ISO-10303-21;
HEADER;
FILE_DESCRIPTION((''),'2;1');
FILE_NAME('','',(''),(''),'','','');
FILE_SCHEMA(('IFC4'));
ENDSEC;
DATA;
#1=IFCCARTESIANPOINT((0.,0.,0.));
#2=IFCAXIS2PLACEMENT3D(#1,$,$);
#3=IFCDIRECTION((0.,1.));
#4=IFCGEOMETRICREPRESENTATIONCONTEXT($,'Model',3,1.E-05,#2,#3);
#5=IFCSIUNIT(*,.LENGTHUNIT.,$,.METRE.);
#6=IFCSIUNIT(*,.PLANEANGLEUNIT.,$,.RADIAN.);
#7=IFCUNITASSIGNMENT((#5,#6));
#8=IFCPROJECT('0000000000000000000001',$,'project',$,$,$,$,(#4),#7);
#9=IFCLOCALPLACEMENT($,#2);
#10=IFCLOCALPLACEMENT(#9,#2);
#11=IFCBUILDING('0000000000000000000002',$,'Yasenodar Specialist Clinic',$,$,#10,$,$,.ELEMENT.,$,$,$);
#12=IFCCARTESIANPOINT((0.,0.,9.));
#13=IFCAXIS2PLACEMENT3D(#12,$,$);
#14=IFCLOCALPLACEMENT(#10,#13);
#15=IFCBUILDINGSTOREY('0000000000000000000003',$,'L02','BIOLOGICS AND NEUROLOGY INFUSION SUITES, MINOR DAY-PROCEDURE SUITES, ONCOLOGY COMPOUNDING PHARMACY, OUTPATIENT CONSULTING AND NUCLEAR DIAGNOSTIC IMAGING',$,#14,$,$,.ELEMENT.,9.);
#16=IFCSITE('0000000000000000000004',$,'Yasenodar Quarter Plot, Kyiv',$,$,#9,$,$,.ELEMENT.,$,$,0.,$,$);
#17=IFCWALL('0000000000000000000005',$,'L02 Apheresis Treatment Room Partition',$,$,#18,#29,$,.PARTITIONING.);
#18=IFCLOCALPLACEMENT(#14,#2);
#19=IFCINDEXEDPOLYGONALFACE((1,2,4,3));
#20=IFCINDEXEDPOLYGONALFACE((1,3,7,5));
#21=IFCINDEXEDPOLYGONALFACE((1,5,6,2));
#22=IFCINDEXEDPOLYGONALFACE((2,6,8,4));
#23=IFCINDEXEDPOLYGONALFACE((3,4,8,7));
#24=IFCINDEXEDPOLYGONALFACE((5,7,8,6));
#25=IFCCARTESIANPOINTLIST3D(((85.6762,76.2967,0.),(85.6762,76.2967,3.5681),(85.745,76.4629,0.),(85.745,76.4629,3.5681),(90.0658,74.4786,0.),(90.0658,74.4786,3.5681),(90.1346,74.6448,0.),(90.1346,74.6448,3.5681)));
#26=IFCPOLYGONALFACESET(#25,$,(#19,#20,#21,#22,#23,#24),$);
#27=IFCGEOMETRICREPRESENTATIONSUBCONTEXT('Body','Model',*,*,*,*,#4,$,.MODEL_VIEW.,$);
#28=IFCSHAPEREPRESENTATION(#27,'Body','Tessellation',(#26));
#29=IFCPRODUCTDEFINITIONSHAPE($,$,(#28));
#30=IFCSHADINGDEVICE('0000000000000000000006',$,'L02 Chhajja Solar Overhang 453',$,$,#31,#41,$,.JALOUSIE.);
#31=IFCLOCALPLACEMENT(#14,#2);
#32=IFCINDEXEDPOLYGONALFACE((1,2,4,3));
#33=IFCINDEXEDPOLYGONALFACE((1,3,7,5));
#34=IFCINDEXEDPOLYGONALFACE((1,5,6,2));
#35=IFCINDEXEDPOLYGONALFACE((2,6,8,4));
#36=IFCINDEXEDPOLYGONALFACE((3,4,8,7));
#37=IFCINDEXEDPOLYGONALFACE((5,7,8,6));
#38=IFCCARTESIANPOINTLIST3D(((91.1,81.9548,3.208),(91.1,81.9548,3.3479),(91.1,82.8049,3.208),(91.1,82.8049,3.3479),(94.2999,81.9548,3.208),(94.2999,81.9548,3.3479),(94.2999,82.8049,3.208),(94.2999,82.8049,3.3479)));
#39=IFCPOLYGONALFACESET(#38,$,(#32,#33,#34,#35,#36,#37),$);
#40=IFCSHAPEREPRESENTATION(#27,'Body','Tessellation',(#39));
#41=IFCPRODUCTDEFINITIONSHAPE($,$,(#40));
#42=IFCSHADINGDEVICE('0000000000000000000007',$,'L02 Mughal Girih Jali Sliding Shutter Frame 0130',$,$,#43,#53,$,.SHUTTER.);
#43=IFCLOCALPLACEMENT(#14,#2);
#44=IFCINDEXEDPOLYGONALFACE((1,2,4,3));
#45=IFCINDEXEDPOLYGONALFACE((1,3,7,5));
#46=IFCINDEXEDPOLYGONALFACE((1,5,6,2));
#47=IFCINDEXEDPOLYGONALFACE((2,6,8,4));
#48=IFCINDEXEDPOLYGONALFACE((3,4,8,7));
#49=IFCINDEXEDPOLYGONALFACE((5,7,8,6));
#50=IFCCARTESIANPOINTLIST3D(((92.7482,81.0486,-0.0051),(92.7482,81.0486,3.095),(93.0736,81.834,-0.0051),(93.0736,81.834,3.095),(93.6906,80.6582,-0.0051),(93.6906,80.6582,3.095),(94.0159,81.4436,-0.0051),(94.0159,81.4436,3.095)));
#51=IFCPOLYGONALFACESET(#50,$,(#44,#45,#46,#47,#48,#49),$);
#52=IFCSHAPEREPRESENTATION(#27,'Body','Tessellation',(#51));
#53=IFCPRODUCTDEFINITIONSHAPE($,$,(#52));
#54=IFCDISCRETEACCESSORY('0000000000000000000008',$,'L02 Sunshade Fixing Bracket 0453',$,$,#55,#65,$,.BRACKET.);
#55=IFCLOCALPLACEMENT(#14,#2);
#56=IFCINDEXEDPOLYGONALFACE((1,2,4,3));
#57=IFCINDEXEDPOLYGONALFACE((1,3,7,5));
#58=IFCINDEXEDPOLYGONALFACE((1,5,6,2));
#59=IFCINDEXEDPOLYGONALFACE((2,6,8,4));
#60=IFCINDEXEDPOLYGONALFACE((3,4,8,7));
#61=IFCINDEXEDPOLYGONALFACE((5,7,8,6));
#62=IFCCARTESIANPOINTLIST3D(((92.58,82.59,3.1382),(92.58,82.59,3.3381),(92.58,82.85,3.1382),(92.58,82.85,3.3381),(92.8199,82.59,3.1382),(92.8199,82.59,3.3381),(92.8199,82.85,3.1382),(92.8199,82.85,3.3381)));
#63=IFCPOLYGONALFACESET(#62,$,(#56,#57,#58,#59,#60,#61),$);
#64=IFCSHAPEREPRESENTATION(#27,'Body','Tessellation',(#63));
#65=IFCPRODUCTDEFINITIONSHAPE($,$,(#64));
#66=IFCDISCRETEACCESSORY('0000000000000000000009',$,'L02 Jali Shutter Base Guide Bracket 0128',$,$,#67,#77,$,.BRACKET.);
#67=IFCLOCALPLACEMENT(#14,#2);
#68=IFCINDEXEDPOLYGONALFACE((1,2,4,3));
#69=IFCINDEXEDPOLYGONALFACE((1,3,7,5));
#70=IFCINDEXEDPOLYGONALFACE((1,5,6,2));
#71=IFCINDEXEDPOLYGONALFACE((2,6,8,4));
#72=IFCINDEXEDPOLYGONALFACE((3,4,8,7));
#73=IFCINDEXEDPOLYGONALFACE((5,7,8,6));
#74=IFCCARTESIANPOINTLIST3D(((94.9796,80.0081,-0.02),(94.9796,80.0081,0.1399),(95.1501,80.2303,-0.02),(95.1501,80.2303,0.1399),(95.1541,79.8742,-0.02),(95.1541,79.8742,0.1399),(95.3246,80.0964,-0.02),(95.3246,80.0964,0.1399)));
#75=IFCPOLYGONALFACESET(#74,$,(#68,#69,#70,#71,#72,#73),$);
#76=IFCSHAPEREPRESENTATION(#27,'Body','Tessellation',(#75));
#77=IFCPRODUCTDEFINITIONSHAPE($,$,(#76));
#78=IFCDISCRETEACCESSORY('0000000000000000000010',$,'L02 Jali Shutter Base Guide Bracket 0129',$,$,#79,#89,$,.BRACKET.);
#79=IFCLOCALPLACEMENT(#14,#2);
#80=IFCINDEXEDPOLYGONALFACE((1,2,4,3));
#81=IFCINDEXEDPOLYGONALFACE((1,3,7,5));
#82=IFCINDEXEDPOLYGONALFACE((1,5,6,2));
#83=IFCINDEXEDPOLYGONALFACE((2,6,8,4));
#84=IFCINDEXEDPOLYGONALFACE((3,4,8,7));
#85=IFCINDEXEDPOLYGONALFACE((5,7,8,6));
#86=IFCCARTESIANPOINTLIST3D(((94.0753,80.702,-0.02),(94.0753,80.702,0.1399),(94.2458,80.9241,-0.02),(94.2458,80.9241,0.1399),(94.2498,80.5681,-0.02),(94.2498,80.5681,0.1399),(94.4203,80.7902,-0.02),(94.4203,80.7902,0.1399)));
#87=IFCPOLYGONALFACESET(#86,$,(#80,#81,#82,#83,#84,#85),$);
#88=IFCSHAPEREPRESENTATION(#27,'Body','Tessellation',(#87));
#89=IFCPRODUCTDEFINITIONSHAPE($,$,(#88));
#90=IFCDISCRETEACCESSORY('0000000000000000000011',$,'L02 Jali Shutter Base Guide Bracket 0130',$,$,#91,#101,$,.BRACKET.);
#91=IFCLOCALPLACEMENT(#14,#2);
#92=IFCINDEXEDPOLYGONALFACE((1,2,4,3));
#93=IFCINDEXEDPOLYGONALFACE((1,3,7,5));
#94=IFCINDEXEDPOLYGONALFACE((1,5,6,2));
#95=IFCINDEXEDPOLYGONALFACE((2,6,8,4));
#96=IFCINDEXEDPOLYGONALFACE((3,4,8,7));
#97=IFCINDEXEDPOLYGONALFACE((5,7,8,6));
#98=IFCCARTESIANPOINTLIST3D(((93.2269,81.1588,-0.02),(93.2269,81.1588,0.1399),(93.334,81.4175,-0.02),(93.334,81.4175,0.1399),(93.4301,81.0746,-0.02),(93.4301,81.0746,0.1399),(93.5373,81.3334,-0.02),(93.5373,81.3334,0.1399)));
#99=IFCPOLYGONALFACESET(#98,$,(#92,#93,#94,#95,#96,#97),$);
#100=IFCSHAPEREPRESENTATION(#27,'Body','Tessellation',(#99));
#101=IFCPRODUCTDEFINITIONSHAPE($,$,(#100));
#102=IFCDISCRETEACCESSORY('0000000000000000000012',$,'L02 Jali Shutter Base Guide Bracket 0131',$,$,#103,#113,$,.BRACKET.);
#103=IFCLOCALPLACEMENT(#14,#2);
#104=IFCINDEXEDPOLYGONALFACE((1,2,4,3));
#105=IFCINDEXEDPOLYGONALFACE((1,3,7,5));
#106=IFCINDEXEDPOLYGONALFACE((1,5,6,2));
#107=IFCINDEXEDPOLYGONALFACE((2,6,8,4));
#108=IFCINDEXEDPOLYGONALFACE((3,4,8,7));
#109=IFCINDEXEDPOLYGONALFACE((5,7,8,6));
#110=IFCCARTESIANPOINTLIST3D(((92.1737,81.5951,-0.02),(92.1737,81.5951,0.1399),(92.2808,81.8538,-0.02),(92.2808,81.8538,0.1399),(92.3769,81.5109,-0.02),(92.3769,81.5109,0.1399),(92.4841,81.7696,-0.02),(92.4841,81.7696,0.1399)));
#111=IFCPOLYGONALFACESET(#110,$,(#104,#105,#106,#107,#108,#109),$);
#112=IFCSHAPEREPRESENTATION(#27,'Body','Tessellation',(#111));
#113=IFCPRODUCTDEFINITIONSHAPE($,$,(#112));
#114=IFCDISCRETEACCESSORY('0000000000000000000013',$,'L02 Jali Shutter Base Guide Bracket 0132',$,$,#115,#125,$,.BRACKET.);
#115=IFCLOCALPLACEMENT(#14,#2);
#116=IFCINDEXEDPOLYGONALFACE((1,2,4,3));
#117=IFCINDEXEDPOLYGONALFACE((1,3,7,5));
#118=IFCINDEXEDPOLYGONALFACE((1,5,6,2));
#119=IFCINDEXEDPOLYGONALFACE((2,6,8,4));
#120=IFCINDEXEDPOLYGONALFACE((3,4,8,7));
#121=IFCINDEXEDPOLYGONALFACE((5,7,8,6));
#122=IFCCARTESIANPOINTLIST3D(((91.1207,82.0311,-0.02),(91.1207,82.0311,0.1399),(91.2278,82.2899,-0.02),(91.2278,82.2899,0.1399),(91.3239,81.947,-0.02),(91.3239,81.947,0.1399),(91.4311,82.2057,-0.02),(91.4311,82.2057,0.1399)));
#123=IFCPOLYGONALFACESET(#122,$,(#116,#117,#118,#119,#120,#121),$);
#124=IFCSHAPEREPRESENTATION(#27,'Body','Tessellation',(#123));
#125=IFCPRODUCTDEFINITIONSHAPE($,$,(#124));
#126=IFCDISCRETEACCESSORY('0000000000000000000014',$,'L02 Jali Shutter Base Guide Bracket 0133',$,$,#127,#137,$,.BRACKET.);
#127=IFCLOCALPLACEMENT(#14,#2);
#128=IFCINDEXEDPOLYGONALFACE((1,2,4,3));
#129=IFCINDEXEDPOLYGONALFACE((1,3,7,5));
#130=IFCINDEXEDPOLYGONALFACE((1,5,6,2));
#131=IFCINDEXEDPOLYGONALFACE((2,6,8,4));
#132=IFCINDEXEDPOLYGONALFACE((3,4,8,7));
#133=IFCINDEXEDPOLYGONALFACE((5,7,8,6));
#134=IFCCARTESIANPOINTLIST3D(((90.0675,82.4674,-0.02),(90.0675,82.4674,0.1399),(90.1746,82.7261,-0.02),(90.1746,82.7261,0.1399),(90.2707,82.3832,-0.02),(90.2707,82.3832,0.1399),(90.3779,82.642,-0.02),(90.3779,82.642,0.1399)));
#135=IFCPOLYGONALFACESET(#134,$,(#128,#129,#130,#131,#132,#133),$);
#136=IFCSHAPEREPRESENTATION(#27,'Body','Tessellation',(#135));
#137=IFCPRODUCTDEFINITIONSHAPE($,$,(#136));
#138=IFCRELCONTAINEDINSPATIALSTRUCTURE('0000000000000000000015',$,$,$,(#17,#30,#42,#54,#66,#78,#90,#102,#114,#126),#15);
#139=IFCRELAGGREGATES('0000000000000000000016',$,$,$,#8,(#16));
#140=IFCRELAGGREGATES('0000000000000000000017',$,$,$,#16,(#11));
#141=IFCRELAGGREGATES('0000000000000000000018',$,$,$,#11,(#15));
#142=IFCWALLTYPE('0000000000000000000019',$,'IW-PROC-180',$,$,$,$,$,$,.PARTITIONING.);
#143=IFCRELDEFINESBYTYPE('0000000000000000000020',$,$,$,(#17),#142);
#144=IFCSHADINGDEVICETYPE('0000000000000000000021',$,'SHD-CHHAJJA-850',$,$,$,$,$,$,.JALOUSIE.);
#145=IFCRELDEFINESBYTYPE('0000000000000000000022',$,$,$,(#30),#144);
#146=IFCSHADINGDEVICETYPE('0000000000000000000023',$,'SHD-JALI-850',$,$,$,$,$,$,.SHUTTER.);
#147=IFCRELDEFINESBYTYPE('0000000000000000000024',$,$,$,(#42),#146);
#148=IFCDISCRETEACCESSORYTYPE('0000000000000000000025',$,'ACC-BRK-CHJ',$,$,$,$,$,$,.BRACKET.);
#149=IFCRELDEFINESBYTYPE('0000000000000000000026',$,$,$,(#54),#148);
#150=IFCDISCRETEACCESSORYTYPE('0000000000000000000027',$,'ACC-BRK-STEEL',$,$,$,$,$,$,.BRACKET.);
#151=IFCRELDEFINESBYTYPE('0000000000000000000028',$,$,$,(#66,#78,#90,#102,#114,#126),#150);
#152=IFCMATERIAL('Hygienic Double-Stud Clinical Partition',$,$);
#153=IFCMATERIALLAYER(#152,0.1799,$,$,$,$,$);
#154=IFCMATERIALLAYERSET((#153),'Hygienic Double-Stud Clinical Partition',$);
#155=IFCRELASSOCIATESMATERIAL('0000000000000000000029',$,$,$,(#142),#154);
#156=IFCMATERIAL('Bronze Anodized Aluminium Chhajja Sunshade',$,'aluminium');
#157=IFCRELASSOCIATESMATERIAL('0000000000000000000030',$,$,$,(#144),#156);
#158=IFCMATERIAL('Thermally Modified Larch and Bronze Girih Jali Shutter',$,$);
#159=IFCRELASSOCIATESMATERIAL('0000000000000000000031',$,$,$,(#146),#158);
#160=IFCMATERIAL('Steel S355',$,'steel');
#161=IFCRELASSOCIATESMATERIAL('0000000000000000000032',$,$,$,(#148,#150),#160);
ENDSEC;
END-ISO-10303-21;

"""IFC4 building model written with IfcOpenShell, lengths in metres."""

from ifc_helpers import new_model, si_unit, direction, frame, frame_2d, origin, origin_2d, place, context, subcontext, project, spatial, rectangle, extrude, material, layer, layer_set, type_object, element, save


model = new_model("IFC4")

# Units and contexts
model_context = context("Model", 3, precision=1e-05, world=origin(), true_north=direction((0.0, 1.0)))
body_context = subcontext(model_context, "Body", "Model", "MODEL_VIEW")
ifc_project = project(units=[si_unit("LENGTHUNIT", "METRE"), si_unit("PLANEANGLEUNIT", "RADIAN")], contexts=[model_context])

# Site, building, storey
site_placement = place(None, origin())
site = spatial("IfcSite", under=ifc_project, at=site_placement, Name="Yasenodar Quarter Plot, Kyiv", CompositionType="ELEMENT", RefElevation=0.0)
building_placement = place(site_placement, origin())
building = spatial("IfcBuilding", under=site, at=building_placement, Name="Yasenodar Specialist Clinic", CompositionType="ELEMENT")
storey_placement = place(building_placement, frame((0.0, 0.0, 9.0)))
storey = spatial("IfcBuildingStorey", under=building, at=storey_placement, Name="L02", Description="BIOLOGICS AND NEUROLOGY INFUSION SUITES, MINOR DAY-PROCEDURE SUITES, ONCOLOGY COMPOUNDING PHARMACY, OUTPATIENT CONSULTING AND NUCLEAR DIAGNOSTIC IMAGING", CompositionType="ELEMENT", Elevation=9.0)

# Shared definitions
ifc_material_1 = material(Name="Steel S355", Category="steel")

# Wall
ifc_material_2 = material(Name="Hygienic Double-Stud Clinical Partition")
ifc_layer_1 = layer(ifc_material_2, 0.1799)
ifc_layer_set_1 = layer_set([ifc_layer_1], Name="Hygienic Double-Stud Clinical Partition")
wall_type = type_object("IfcWallType", Name="IW-PROC-180", PredefinedType="PARTITIONING", material=ifc_layer_set_1)
wall_placement = place(storey_placement, frame((90.1001, 74.5618, 0.0), z_axis=(0.0, 0.0, 1.0), x_axis=(-0.92389, 0.382659, 0.0)))
element("IfcWall", 1, at=wall_placement, inside=storey, type_object=wall_type, Name="L02 Apheresis Treatment Room Partition", PredefinedType="PARTITIONING", context=body_context, shape_type="SweptSolid", body=[
    extrude(rectangle(XDim=4.7512, YDim=0.1799, at=frame_2d((2.3755, 0.0))), origin(), (0.0, 0.0, 1.0), 3.5681),
])

# Shading devices
ifc_material_3 = material(Name="Bronze Anodized Aluminium Chhajja Sunshade", Category="aluminium")
shading_device_type_1 = type_object("IfcShadingDeviceType", Name="SHD-CHHAJJA-850", PredefinedType="JALOUSIE", material=ifc_material_3)
shading_device_1_placement = place(storey_placement, frame((92.7, 82.3799, 3.208), z_axis=(0.0, 0.0, 1.0), x_axis=(-1.0, 0.0, 0.0)))
element("IfcShadingDevice", 2, at=shading_device_1_placement, inside=storey, type_object=shading_device_type_1, Name="L02 Chhajja Solar Overhang 453", PredefinedType="JALOUSIE", context=body_context, shape_type="SweptSolid", body=[
    extrude(rectangle(XDim=3.2, YDim=0.8501, at=origin_2d()), origin(), (0.0, 0.0, 1.0), 0.1399),
])
ifc_material_4 = material(Name="Thermally Modified Larch and Bronze Girih Jali Shutter")
shading_device_type_2 = type_object("IfcShadingDeviceType", Name="SHD-JALI-850", PredefinedType="SHUTTER", material=ifc_material_4)
shading_device_2_placement = place(storey_placement, frame((93.3821, 81.2461, -0.0051), z_axis=(0.0, 0.0, 1.0), x_axis=(-0.923878, 0.382687, 0.0)))
element("IfcShadingDevice", 3, at=shading_device_2_placement, inside=storey, type_object=shading_device_type_2, Name="L02 Mughal Girih Jali Sliding Shutter Frame 0130", PredefinedType="SHUTTER", context=body_context, shape_type="SweptSolid", body=[
    extrude(rectangle(XDim=1.02, YDim=0.8501, at=origin_2d()), origin(), (0.0, 0.0, 1.0), 3.1001),
])

# Discrete accessories
discrete_accessory_type_1 = type_object("IfcDiscreteAccessoryType", Name="ACC-BRK-CHJ", PredefinedType="BRACKET", material=ifc_material_1)
discrete_accessory_placement = place(storey_placement, frame((92.7, 82.72, 3.1382), z_axis=(0.0, 0.0, 1.0), x_axis=(-1.0, 0.0, 0.0)))
element("IfcDiscreteAccessory", 4, at=discrete_accessory_placement, inside=storey, type_object=discrete_accessory_type_1, Name="L02 Sunshade Fixing Bracket 0453", PredefinedType="BRACKET", context=body_context, shape_type="SweptSolid", body=[
    extrude(rectangle(XDim=0.24, YDim=0.26, at=origin_2d()), origin(), (0.0, 0.0, 1.0), 0.2),
])
discrete_accessory_type_2 = type_object("IfcDiscreteAccessoryType", Name="ACC-BRK-STEEL", PredefinedType="BRACKET", material=ifc_material_1)
for number, where, z_axis, x_axis, name in (
    (5, (95.1521, 80.0522, -0.02), (0.0, 0.0, 1.0), (-0.793351, 0.608764, 0.0), "L02 Jali Shutter Base Guide Bracket 0128"),
    (6, (94.2478, 80.7461, -0.02), (0.0, 0.0, 1.0), (-0.793351, 0.608764, 0.0), "L02 Jali Shutter Base Guide Bracket 0129"),
    (7, (93.3821, 81.2461, -0.02), (0.0, 0.0, 1.0), (-0.923878, 0.382687, 0.0), "L02 Jali Shutter Base Guide Bracket 0130"),
    (8, (92.3289, 81.6824, -0.02), (0.0, 0.0, 1.0), (-0.923878, 0.382687, 0.0), "L02 Jali Shutter Base Guide Bracket 0131"),
    (9, (91.2759, 82.1184, -0.02), (0.0, 0.0, 1.0), (-0.923878, 0.382687, 0.0), "L02 Jali Shutter Base Guide Bracket 0132"),
    (10, (90.2227, 82.5547, -0.02), (0.0, 0.0, 1.0), (-0.923878, 0.382687, 0.0), "L02 Jali Shutter Base Guide Bracket 0133"),
):
    element("IfcDiscreteAccessory", number, at=place(storey_placement, frame(where, z_axis=z_axis, x_axis=x_axis)), inside=storey, type_object=discrete_accessory_type_2, Name=name, PredefinedType="BRACKET", context=body_context, shape_type="SweptSolid", body=[
        extrude(rectangle(XDim=0.22, YDim=0.28, at=origin_2d()), origin(), (0.0, 0.0, 1.0), 0.1599),
    ])

save(model, "model.ifc")
